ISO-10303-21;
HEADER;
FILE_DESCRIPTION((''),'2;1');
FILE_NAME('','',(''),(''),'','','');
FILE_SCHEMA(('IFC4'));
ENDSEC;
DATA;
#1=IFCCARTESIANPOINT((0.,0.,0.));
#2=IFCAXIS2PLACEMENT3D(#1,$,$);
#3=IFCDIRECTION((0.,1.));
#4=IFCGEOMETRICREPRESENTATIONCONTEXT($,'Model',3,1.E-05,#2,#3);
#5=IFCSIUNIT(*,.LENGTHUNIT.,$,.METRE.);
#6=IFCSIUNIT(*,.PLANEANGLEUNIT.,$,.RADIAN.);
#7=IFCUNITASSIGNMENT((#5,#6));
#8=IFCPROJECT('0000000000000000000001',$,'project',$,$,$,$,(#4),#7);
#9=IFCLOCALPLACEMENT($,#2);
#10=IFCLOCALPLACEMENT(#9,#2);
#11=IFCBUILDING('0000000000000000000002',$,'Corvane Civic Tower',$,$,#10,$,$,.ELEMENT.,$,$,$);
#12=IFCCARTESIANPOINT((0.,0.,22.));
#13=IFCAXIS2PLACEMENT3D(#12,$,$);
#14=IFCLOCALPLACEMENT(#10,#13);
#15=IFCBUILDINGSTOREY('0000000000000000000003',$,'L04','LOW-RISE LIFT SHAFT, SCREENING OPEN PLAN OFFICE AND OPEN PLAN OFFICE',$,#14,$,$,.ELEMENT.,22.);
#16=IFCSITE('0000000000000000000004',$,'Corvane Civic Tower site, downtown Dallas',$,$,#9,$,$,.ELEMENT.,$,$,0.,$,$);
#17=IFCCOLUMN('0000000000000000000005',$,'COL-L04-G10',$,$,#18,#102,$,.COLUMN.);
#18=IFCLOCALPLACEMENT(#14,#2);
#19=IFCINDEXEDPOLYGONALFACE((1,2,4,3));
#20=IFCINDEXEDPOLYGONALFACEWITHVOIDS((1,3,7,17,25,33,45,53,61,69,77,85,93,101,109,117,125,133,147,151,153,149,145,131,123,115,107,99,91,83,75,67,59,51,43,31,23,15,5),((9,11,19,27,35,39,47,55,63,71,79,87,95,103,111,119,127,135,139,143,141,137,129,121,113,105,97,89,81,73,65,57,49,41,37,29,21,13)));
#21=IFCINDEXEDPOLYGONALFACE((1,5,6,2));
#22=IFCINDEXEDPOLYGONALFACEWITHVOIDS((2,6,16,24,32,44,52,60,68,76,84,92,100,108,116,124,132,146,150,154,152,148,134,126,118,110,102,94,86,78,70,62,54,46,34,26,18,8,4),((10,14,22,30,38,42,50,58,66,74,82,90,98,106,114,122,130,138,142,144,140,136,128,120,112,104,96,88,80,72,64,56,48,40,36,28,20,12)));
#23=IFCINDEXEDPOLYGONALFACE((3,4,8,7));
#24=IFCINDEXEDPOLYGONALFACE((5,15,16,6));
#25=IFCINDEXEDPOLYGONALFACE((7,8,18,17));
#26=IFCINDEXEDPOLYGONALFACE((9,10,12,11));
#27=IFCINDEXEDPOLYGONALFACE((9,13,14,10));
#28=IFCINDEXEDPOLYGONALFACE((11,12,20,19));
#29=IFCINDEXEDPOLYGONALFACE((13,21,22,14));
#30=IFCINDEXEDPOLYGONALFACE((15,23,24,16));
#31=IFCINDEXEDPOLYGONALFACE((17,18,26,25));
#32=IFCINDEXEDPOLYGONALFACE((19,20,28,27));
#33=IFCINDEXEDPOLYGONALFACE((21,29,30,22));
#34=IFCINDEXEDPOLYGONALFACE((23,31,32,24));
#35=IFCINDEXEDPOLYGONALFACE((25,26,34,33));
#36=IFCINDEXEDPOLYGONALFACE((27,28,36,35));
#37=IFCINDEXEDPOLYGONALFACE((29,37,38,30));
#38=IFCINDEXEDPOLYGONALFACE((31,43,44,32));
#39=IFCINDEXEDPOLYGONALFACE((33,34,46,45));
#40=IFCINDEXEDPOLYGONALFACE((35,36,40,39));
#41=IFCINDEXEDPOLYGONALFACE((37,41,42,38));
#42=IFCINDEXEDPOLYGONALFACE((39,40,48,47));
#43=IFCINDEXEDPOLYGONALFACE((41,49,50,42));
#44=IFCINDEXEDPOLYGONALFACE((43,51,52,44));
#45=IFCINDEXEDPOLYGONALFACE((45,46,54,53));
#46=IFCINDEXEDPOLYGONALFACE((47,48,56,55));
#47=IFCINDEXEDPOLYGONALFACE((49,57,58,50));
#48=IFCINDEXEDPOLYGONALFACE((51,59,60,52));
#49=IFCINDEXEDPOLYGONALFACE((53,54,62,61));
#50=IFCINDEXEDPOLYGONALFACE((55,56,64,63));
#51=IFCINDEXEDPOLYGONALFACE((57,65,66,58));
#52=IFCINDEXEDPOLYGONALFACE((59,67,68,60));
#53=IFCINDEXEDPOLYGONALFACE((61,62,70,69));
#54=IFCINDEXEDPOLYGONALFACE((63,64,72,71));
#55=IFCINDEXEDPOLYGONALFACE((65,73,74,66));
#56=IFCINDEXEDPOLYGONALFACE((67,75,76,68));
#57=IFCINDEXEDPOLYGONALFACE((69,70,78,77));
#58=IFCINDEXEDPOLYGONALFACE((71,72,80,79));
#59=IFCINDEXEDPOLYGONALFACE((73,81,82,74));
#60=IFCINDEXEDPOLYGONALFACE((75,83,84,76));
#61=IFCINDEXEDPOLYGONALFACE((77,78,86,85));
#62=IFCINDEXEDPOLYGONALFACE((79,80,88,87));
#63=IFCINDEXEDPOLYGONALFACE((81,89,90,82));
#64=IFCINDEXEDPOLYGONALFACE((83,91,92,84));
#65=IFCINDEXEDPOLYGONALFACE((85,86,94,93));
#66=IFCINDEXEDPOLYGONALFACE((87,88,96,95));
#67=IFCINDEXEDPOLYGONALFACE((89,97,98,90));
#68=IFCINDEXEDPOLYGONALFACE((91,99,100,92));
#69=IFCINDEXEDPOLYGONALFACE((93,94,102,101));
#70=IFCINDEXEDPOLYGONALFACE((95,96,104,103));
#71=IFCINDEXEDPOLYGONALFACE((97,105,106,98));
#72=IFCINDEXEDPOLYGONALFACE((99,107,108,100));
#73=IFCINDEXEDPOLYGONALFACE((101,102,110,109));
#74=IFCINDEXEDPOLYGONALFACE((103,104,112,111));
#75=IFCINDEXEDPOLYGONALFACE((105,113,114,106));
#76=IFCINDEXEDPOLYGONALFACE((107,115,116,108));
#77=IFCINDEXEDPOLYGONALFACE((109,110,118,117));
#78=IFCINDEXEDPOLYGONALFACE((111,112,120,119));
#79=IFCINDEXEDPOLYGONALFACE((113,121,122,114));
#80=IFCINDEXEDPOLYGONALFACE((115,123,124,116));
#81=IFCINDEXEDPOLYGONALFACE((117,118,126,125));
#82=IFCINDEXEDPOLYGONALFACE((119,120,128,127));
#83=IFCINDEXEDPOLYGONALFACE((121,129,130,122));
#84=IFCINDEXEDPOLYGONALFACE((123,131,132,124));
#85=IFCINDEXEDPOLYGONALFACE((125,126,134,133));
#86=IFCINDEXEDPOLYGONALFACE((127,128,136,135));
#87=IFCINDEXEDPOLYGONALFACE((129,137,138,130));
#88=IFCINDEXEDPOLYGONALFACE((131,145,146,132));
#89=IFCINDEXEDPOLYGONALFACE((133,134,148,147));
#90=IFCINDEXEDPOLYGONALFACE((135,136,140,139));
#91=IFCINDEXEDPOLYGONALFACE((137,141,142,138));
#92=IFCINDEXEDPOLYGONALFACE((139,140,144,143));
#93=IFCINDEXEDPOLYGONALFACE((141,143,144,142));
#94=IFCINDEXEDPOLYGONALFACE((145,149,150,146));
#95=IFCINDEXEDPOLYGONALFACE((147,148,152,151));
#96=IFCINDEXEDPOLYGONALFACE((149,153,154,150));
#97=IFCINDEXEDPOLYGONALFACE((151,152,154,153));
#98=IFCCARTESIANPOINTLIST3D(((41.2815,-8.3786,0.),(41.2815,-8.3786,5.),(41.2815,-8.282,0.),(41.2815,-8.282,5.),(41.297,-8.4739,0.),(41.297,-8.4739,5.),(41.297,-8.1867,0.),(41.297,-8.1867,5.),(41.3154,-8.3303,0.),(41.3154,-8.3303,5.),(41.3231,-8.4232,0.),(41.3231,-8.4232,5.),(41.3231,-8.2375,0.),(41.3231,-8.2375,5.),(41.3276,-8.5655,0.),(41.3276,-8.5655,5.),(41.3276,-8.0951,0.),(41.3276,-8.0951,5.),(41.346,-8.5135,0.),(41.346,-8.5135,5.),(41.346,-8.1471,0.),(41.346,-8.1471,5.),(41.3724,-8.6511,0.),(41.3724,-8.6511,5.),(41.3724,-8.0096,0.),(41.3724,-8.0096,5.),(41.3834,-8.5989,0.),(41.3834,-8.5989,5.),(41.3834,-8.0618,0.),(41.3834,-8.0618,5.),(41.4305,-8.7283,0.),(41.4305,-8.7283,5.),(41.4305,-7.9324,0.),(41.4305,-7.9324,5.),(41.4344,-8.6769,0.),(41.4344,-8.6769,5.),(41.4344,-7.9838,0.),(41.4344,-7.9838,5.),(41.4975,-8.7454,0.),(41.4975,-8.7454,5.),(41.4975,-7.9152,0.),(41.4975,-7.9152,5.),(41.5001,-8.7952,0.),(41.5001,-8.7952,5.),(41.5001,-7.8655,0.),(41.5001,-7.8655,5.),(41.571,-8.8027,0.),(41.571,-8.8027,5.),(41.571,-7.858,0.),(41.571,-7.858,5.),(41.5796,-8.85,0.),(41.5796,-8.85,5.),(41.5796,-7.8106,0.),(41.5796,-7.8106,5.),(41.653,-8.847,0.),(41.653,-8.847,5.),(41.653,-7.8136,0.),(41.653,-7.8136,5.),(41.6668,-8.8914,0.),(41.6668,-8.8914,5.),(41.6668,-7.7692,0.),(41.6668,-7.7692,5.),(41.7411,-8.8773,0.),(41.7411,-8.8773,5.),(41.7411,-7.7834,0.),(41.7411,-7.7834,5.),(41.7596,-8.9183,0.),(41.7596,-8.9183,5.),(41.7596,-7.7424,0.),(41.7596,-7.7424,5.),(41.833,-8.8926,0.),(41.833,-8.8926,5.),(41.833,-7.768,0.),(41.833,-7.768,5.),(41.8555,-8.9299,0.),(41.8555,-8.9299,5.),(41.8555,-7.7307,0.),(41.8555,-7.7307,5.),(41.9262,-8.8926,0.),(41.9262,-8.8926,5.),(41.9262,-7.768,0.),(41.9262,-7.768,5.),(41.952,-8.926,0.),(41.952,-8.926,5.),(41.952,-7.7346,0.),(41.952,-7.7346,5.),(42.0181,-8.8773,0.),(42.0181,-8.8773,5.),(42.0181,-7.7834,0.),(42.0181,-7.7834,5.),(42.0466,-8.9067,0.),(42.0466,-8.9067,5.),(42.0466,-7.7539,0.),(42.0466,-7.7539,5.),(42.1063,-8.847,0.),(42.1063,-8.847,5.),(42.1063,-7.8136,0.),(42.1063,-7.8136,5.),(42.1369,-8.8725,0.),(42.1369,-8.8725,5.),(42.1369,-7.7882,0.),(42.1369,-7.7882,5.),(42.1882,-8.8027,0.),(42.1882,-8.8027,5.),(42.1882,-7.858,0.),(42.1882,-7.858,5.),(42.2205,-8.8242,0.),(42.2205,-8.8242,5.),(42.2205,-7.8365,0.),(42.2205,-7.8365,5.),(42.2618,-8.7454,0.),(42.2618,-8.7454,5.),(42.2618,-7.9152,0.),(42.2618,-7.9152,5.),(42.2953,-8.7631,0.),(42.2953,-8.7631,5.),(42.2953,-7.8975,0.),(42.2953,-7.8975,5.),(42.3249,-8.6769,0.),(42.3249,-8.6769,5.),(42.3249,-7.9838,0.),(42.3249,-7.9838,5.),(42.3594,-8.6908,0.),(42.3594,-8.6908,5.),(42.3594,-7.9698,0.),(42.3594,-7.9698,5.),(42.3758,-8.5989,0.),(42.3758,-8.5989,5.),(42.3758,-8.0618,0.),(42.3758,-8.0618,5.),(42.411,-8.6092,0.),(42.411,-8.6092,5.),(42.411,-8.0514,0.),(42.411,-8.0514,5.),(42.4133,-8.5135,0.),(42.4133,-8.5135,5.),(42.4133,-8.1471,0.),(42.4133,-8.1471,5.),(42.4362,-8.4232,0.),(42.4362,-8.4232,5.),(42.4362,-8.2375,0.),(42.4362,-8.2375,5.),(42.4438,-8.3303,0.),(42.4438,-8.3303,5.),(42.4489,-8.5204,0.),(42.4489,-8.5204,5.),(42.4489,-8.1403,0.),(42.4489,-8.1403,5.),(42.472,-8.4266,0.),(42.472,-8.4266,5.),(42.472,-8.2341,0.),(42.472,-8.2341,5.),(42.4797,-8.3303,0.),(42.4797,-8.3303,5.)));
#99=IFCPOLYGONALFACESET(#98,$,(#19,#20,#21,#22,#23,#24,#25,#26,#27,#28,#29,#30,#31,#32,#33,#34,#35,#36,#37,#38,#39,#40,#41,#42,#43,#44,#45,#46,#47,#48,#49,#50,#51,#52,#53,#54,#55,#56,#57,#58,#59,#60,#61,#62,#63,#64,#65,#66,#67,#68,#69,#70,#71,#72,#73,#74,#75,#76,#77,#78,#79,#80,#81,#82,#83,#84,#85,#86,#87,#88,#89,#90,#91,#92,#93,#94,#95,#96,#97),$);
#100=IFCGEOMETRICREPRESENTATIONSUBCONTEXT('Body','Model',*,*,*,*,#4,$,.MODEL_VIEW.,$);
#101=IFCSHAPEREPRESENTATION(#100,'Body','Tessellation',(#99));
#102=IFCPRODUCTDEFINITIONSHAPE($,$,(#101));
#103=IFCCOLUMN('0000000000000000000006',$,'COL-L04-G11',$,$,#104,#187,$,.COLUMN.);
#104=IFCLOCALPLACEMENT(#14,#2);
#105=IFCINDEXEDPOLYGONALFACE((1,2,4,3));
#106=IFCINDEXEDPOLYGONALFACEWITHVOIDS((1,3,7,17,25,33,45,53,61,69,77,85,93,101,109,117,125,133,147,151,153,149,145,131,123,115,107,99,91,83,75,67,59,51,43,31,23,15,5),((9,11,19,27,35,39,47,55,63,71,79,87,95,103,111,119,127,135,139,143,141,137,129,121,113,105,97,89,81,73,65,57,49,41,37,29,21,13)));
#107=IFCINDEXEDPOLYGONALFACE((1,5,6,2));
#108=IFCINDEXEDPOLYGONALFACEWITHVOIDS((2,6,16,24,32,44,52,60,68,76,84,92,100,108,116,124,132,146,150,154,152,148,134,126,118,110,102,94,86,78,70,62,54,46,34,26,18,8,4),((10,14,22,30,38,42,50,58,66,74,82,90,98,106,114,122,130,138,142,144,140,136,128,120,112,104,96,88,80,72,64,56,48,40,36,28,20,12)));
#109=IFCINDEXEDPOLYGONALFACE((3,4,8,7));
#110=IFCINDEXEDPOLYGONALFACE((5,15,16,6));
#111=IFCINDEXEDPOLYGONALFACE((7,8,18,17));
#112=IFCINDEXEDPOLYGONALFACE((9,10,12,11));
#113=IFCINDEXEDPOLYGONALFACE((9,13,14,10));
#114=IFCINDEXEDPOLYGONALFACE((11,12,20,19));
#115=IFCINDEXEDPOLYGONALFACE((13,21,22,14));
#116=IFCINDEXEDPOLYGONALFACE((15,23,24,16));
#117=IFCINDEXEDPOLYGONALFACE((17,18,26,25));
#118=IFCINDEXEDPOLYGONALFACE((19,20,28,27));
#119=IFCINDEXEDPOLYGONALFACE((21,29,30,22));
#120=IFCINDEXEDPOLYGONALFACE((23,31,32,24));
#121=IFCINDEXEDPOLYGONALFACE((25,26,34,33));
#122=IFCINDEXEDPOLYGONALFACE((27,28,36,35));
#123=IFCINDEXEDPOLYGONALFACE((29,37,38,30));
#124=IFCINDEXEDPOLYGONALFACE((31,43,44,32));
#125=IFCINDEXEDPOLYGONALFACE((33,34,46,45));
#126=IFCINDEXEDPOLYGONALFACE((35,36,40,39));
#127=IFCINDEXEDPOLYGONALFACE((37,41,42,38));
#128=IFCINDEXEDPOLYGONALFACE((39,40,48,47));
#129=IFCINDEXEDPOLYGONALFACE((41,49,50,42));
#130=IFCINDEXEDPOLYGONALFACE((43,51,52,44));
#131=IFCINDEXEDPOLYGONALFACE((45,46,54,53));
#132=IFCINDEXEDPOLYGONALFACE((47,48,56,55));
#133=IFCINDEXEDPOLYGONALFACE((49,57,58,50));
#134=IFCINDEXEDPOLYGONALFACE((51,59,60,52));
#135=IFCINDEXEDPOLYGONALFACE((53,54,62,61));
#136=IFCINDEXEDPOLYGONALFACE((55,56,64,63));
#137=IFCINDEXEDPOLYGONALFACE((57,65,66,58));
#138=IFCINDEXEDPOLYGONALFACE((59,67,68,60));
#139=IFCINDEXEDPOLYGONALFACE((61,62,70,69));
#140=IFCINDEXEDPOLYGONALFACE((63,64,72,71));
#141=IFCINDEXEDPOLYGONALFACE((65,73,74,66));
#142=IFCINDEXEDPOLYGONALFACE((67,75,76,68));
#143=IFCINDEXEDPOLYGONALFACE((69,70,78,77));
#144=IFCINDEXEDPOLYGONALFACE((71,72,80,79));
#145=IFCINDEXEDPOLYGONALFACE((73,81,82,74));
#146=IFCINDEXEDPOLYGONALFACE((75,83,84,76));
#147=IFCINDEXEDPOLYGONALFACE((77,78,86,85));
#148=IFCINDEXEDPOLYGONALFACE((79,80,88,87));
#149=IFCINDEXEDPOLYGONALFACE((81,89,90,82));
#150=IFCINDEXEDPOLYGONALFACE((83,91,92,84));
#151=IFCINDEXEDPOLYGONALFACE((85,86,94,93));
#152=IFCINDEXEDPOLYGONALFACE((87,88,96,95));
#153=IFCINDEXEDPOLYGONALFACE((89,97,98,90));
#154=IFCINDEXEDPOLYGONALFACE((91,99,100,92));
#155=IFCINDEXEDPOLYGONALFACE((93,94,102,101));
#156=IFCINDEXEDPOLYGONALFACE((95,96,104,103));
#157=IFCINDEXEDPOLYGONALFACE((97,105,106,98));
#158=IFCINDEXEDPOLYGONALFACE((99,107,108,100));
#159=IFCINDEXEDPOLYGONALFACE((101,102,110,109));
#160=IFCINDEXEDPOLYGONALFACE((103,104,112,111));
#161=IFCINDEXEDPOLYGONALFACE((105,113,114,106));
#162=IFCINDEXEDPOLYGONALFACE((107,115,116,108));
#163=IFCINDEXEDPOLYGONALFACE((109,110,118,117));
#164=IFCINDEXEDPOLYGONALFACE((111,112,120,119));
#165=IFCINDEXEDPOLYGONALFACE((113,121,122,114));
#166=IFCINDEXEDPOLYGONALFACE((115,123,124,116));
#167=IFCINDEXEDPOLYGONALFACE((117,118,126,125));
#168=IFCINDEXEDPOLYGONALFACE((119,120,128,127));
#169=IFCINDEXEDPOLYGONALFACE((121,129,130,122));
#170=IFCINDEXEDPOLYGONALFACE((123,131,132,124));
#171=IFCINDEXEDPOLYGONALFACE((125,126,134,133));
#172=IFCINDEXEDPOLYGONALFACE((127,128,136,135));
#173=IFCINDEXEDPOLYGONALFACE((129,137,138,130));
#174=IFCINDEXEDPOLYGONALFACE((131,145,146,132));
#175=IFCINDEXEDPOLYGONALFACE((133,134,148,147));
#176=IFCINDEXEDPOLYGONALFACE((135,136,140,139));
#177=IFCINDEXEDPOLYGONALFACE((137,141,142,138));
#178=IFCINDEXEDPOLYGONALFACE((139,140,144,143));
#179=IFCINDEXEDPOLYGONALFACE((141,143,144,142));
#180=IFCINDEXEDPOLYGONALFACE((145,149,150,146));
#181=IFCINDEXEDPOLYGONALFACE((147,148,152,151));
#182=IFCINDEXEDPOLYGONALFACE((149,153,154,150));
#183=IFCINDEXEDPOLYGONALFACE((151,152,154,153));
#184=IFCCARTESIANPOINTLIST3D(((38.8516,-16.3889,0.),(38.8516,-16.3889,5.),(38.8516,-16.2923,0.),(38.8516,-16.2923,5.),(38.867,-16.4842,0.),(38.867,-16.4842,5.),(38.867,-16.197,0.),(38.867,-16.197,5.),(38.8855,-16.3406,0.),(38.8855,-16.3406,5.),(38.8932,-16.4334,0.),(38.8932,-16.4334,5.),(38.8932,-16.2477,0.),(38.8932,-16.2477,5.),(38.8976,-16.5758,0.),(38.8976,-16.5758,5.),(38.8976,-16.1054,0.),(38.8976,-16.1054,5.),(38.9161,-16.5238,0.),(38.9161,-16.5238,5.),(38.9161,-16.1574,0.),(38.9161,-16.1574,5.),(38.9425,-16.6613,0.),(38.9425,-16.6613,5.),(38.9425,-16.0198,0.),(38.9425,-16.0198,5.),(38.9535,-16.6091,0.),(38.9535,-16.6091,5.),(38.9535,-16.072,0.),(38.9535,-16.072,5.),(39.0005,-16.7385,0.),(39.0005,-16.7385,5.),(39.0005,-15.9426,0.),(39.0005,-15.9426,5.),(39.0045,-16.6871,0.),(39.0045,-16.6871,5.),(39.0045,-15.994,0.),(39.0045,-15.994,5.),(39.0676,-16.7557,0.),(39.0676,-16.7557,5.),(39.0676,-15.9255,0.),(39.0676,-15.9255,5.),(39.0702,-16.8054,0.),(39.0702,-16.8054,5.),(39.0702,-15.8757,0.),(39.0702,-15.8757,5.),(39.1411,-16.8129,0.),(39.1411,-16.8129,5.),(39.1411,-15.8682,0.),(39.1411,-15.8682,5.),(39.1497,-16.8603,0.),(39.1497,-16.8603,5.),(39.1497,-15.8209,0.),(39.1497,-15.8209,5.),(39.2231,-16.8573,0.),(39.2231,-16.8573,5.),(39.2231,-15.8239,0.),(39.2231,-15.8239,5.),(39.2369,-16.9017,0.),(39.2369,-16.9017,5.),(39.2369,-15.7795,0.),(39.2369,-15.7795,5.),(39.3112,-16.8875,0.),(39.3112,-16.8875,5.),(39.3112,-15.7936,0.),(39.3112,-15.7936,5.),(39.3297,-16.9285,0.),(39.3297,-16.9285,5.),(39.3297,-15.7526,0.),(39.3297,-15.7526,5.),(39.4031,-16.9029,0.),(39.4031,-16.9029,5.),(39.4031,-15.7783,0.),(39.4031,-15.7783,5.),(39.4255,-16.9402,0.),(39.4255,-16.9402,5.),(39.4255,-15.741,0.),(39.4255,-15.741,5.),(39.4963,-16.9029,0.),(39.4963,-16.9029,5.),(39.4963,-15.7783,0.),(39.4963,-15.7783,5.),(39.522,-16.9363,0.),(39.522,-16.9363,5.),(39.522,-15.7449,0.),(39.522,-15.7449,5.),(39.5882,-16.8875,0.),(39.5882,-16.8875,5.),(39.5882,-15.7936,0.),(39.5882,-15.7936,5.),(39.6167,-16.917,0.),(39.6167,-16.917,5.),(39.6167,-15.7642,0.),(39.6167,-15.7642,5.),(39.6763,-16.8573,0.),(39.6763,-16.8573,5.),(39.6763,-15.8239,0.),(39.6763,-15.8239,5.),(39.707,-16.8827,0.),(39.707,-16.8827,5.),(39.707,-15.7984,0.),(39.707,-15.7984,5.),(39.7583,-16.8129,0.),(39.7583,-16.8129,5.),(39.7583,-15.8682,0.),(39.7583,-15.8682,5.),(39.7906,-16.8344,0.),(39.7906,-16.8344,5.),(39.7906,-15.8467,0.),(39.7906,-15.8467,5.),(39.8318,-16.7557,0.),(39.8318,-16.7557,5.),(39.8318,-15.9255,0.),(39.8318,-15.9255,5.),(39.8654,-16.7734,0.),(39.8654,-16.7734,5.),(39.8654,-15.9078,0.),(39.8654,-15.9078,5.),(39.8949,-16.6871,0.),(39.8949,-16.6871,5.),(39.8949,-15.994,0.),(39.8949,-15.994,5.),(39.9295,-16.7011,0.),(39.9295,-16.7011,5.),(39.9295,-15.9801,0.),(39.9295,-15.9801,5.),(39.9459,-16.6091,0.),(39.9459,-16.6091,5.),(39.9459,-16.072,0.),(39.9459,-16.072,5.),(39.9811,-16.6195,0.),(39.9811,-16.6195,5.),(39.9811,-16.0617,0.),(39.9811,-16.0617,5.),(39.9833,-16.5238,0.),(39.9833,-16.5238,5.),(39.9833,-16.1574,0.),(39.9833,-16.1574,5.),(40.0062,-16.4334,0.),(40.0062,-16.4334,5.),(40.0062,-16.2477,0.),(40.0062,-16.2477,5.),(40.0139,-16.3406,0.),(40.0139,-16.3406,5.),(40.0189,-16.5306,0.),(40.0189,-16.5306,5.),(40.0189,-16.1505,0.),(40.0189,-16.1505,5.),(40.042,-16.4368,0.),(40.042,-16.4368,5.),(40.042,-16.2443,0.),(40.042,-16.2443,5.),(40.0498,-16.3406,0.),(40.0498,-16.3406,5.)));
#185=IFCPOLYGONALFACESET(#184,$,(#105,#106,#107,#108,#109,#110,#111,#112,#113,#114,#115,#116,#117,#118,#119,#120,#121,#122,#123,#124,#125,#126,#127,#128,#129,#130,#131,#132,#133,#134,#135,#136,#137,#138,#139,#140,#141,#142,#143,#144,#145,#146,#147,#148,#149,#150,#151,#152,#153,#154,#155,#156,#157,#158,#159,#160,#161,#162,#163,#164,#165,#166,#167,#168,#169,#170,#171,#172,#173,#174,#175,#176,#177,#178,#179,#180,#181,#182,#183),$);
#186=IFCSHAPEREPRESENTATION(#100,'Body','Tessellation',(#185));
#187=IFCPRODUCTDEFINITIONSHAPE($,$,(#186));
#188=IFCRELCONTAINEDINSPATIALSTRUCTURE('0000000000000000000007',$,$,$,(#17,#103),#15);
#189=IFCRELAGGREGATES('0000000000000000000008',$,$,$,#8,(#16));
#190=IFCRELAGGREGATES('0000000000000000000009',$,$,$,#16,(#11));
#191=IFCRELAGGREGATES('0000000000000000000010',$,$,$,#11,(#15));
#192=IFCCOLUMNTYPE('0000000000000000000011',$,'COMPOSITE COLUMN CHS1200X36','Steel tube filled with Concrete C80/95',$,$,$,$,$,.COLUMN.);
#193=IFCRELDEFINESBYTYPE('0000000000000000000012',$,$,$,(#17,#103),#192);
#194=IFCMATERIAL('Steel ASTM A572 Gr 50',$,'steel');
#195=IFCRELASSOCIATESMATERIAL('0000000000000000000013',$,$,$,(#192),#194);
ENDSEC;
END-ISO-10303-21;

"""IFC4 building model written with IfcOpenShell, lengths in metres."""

from ifc_helpers import new_model, si_unit, direction, frame, origin, origin_2d, place, context, subcontext, project, spatial, hollow_circle, extrude, material, material_profile, profile_set, type_object, element, save


model = new_model("IFC4")

# Units and contexts
model_context = context("Model", 3, precision=1e-05, world=origin(), true_north=direction((0.0, 1.0)))
body_context = subcontext(model_context, "Body", "Model", "MODEL_VIEW")
ifc_project = project(units=[si_unit("LENGTHUNIT", "METRE"), si_unit("PLANEANGLEUNIT", "RADIAN")], contexts=[model_context])

# Site, building, storey
site_placement = place(None, origin())
site = spatial("IfcSite", under=ifc_project, at=site_placement, Name="Corvane Civic Tower site, downtown Dallas", CompositionType="ELEMENT", RefElevation=0.0)
building_placement = place(site_placement, origin())
building = spatial("IfcBuilding", under=site, at=building_placement, Name="Corvane Civic Tower", CompositionType="ELEMENT")
storey_placement = place(building_placement, frame((0.0, 0.0, 22.0)))
storey = spatial("IfcBuildingStorey", under=building, at=storey_placement, Name="L04", Description="LOW-RISE LIFT SHAFT, SCREENING OPEN PLAN OFFICE AND OPEN PLAN OFFICE", CompositionType="ELEMENT", Elevation=22.0)

# Columns
ifc_material_1 = material(Name="Steel ASTM A572 Gr 50", Category="steel")
ifc_material_profile_1 = material_profile(ifc_material_1, hollow_circle(Radius=0.6001, WallThickness=0.0359, at=origin_2d()), Name="CHS1200X36")
ifc_profile_set_1 = profile_set([ifc_material_profile_1], Name="Steel ASTM A572 Gr 50")
column_type_1 = type_object("IfcColumnType", Name="COMPOSITE COLUMN CHS1200X36", Description="Steel tube filled with Concrete C80/95", PredefinedType="COLUMN", material=ifc_profile_set_1)
for number, where, z_axis, x_axis, name in (
    (1, (41.8796, -8.3303, 0.0), (0.0, 0.0, 1.0), (1.0, 0.0, 0.0), "COL-L04-G10"),
    (2, (39.4497, -16.3406, 0.0), (0.0, 0.0, 1.0), (1.0, 0.0, 0.0), "COL-L04-G11"),
):
    element("IfcColumn", number, at=place(storey_placement, frame(where, z_axis=z_axis, x_axis=x_axis)), inside=storey, type_object=column_type_1, Name=name, PredefinedType="COLUMN", context=body_context, shape_type="SweptSolid", body=[
        extrude(hollow_circle(Radius=0.6001, WallThickness=0.0359, at=origin_2d()), origin(), (0.0, 0.0, 1.0), 5.0),
    ])

save(model, "model.ifc")
